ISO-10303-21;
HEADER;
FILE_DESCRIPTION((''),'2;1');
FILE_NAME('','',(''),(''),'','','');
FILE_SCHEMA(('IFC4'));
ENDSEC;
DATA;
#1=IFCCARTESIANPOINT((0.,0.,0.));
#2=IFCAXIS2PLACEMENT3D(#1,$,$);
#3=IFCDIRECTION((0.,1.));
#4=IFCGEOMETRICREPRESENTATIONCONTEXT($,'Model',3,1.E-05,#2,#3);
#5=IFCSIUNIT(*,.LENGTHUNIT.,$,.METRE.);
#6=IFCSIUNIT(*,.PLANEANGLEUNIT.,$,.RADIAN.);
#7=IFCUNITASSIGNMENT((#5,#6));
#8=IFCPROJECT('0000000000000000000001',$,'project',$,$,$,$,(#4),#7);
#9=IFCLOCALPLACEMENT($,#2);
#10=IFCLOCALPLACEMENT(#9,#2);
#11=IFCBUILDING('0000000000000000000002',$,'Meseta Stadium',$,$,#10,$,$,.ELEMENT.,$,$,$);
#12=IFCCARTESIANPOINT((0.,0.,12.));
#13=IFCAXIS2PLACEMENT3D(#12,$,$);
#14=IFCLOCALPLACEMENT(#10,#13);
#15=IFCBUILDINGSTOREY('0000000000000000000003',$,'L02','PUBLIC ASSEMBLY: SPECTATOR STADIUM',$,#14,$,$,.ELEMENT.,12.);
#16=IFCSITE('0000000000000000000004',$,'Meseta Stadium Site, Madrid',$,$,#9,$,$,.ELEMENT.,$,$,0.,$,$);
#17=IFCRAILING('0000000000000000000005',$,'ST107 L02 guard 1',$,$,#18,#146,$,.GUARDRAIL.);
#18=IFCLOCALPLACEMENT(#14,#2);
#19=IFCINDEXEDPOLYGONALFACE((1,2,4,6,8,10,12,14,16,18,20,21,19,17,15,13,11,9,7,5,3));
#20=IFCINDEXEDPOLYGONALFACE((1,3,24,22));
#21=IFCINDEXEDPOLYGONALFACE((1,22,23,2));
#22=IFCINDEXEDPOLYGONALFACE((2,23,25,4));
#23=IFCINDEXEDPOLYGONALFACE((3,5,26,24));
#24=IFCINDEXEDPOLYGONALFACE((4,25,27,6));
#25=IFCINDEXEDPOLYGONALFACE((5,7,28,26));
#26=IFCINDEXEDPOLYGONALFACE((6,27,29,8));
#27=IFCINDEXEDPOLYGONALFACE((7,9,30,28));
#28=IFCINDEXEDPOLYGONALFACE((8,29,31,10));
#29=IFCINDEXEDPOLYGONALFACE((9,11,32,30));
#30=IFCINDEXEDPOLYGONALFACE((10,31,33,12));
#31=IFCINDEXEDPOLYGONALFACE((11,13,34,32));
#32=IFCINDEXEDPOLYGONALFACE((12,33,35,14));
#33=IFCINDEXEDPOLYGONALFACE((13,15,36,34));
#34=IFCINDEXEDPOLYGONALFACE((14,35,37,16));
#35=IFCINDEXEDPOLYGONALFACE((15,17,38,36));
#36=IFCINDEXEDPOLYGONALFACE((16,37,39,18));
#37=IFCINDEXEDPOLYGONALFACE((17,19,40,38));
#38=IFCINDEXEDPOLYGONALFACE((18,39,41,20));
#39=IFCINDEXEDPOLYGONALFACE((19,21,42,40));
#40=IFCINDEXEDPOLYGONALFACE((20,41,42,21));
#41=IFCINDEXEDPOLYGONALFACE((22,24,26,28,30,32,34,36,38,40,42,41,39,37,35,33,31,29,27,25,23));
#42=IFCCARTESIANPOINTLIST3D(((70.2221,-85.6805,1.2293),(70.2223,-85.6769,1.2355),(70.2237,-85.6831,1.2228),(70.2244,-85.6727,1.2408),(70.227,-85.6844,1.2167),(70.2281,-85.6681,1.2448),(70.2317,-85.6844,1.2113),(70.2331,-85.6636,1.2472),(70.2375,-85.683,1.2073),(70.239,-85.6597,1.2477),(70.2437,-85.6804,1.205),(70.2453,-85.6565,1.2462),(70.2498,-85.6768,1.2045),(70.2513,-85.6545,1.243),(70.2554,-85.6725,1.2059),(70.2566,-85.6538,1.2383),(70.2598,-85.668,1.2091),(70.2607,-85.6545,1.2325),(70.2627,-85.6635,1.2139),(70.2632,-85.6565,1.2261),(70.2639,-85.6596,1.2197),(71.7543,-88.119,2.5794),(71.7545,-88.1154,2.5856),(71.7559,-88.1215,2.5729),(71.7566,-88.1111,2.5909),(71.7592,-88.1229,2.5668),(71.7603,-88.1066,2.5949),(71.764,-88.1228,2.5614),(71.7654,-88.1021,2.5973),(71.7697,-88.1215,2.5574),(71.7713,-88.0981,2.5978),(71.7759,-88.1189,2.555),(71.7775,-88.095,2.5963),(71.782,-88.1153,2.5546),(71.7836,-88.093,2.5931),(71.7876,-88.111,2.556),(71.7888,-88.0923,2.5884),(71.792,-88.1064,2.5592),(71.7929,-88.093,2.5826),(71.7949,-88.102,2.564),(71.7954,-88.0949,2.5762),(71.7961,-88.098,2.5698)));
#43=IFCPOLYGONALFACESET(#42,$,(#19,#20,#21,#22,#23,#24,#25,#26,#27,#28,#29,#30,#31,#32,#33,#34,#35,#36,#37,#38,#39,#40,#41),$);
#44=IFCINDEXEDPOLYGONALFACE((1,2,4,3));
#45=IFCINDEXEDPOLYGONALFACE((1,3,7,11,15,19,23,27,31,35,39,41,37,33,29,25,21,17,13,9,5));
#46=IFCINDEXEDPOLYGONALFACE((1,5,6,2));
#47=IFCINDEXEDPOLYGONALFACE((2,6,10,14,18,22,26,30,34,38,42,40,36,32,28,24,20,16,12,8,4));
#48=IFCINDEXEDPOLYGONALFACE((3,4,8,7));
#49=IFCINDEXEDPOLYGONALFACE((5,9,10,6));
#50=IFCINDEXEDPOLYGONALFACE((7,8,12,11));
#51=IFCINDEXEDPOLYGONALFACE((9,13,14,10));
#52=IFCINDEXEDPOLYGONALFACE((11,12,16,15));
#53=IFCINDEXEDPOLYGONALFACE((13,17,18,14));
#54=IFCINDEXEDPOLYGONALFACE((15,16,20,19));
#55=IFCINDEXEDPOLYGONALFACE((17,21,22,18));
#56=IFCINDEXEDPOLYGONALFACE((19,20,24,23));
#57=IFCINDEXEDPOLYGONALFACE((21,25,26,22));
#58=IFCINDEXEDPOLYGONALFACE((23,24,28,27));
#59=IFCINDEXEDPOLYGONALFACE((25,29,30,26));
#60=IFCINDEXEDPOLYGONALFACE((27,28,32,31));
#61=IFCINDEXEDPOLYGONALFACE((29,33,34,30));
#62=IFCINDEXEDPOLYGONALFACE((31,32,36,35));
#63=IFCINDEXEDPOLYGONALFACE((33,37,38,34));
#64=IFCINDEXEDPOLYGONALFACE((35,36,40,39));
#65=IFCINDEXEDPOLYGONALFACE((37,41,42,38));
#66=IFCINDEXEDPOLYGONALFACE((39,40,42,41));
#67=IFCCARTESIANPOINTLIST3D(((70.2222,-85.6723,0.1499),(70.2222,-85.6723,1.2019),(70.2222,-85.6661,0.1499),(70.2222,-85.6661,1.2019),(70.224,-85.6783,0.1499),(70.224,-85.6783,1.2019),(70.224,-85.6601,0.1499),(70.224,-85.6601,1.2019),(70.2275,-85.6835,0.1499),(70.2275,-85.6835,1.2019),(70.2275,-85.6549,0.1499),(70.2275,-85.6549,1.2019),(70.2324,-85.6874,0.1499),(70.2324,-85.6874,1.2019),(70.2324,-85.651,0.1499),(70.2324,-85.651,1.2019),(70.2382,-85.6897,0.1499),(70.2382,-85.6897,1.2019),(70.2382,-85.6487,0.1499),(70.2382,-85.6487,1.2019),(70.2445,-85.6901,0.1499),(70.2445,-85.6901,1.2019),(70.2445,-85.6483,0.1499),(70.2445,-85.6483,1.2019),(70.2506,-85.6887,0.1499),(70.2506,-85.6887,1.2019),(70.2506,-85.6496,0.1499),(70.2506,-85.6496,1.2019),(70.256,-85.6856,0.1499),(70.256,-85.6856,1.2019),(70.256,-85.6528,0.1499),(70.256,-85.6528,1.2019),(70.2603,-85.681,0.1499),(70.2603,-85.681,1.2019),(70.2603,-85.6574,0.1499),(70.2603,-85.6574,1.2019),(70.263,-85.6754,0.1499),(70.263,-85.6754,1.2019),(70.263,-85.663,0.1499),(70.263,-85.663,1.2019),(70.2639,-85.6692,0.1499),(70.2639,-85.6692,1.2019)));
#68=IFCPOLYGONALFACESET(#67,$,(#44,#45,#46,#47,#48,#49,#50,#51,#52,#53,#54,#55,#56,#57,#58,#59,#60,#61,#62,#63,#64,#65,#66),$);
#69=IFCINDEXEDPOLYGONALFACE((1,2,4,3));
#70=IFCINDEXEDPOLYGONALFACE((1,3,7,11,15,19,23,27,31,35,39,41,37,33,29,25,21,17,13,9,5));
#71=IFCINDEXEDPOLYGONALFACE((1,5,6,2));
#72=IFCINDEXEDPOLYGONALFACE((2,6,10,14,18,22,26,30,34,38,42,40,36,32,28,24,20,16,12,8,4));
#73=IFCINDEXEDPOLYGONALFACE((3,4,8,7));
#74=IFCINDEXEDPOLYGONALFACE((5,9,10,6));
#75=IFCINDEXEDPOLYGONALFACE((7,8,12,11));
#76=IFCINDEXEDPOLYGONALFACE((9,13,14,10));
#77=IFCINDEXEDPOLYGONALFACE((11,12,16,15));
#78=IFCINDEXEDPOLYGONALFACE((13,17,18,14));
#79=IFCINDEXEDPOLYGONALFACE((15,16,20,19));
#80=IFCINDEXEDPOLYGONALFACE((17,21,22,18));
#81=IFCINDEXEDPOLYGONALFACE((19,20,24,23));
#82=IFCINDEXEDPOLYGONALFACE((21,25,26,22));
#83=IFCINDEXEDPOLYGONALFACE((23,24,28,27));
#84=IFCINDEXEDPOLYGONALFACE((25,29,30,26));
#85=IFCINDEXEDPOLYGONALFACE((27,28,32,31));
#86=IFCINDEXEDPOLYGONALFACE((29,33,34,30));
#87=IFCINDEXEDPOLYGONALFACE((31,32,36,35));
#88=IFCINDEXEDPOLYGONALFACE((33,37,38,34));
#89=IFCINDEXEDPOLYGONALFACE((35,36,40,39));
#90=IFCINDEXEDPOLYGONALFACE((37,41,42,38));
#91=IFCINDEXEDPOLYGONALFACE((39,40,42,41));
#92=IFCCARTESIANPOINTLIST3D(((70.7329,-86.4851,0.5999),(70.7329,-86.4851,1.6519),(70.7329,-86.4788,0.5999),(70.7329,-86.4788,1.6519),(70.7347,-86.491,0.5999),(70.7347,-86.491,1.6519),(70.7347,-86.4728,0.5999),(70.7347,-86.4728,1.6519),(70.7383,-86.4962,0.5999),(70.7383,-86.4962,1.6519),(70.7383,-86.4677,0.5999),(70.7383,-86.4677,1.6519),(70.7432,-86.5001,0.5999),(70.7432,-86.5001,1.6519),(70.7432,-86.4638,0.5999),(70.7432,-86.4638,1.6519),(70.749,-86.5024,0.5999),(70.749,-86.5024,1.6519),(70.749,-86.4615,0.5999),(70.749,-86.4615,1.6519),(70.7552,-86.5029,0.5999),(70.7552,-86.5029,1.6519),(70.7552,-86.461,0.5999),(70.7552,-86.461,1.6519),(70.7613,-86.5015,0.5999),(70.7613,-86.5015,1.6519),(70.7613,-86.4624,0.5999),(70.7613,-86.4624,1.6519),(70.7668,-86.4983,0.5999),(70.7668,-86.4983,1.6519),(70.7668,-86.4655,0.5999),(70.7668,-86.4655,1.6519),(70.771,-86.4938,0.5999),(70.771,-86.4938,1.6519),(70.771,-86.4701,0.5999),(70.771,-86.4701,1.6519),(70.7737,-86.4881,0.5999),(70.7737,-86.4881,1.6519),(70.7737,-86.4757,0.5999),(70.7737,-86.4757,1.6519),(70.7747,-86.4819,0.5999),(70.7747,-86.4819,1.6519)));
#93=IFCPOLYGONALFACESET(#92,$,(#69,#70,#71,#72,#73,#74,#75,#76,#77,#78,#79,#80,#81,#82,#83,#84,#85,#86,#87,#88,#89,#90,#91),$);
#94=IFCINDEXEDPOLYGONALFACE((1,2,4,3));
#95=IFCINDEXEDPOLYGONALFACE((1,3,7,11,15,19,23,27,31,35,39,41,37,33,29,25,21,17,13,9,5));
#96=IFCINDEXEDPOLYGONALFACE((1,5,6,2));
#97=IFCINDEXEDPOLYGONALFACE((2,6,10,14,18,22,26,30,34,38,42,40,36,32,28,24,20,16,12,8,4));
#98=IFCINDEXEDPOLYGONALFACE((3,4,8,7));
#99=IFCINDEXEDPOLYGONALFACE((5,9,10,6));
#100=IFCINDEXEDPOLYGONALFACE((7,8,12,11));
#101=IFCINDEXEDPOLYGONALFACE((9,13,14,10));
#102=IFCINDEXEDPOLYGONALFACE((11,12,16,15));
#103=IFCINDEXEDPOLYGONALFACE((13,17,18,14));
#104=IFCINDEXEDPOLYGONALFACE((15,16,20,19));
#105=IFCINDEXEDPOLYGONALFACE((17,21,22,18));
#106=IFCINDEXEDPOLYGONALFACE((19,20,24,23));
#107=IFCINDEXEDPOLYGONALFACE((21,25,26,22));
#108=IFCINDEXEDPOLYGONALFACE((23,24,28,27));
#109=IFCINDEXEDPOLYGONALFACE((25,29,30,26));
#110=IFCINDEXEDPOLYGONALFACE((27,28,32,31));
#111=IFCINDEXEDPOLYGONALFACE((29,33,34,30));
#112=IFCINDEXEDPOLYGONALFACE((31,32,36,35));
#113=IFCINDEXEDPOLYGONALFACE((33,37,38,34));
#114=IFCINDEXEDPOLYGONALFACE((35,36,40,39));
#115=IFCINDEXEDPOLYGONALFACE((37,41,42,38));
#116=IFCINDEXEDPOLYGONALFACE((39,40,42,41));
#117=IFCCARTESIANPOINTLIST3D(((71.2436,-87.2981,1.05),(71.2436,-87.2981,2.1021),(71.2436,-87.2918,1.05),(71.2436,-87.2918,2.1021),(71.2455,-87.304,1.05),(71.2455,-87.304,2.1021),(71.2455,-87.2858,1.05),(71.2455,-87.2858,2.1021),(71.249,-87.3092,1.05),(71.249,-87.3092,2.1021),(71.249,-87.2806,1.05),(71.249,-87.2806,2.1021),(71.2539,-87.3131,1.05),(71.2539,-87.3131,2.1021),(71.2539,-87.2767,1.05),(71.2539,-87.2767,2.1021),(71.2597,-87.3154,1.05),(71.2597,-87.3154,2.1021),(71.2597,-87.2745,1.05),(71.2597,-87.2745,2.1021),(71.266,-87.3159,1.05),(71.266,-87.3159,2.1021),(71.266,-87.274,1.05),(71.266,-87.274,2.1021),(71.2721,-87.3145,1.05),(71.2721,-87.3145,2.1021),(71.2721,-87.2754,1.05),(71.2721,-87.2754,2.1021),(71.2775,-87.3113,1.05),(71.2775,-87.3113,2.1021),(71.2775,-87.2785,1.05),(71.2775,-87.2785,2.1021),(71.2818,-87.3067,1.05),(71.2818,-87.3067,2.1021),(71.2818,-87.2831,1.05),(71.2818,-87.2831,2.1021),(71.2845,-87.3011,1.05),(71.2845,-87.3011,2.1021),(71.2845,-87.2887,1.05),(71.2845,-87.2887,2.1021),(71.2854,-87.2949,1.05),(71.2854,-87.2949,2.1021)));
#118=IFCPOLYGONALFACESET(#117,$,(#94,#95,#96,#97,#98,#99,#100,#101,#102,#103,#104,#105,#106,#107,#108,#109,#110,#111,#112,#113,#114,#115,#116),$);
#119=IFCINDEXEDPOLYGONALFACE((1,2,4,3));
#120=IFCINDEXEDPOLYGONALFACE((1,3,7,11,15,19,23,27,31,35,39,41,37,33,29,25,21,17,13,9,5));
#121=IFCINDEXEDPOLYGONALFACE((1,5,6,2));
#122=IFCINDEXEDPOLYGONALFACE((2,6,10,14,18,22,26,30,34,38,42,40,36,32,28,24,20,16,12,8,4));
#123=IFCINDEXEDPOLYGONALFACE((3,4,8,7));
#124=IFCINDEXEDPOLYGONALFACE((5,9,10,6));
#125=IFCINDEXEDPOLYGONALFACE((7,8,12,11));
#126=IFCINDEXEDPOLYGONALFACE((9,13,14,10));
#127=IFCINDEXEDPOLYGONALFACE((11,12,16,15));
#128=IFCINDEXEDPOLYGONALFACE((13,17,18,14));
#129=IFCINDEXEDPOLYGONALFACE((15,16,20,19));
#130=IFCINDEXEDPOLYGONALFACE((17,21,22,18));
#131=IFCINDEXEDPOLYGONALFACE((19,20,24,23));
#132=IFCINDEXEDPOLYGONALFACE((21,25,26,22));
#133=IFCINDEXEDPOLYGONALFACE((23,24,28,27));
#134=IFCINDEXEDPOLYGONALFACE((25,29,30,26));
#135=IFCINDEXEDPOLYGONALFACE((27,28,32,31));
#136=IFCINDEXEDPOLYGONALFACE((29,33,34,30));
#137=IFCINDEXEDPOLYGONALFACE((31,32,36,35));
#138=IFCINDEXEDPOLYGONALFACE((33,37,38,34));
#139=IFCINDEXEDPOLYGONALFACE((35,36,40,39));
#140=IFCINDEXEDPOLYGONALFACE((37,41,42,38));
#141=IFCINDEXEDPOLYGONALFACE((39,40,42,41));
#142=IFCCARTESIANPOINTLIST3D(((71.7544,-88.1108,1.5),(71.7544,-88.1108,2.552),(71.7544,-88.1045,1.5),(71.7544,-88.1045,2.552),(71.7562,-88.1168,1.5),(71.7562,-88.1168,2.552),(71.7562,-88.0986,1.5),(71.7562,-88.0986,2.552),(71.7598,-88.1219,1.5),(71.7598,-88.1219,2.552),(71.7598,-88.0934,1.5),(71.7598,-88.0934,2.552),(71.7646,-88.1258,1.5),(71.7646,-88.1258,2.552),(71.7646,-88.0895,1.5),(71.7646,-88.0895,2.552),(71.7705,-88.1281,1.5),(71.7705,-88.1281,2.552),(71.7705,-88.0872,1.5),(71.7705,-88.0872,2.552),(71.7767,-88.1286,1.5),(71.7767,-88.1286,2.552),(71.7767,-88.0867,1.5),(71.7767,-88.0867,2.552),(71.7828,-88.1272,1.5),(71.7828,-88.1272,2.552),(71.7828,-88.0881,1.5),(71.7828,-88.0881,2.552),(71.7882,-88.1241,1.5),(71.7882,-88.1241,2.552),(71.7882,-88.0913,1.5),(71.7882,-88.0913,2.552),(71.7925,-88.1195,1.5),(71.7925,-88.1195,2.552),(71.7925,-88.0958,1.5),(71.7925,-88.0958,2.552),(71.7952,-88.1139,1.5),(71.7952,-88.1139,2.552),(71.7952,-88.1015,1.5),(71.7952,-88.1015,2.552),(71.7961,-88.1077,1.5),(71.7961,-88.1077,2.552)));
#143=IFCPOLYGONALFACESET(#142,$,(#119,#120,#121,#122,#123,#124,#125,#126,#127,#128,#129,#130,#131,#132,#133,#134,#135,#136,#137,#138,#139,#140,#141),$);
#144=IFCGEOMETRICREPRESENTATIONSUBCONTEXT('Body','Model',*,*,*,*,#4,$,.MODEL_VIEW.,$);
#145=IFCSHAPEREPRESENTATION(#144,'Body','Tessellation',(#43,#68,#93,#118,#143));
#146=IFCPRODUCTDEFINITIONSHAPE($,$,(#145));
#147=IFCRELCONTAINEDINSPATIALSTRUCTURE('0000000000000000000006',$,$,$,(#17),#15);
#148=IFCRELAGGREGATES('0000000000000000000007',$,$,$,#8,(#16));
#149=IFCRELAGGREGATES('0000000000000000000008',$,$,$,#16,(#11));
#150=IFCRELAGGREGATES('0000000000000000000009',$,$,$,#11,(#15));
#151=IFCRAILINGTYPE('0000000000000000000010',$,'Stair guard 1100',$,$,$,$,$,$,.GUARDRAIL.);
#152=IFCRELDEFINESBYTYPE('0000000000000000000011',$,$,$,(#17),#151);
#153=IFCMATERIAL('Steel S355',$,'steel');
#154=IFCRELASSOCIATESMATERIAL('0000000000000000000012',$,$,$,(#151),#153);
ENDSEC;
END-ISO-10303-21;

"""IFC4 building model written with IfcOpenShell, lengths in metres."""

from ifc_helpers import new_model, si_unit, direction, frame, origin, origin_2d, place, context, subcontext, project, spatial, circle, extrude, material, type_object, element, save


model = new_model("IFC4")

# Units and contexts
model_context = context("Model", 3, precision=1e-05, world=origin(), true_north=direction((0.0, 1.0)))
body_context = subcontext(model_context, "Body", "Model", "MODEL_VIEW")
ifc_project = project(units=[si_unit("LENGTHUNIT", "METRE"), si_unit("PLANEANGLEUNIT", "RADIAN")], contexts=[model_context])

# Site, building, storey
site_placement = place(None, origin())
site = spatial("IfcSite", under=ifc_project, at=site_placement, Name="Meseta Stadium Site, Madrid", CompositionType="ELEMENT", RefElevation=0.0)
building_placement = place(site_placement, origin())
building = spatial("IfcBuilding", under=site, at=building_placement, Name="Meseta Stadium", CompositionType="ELEMENT")
storey_placement = place(building_placement, frame((0.0, 0.0, 12.0)))
storey = spatial("IfcBuildingStorey", under=building, at=storey_placement, Name="L02", Description="PUBLIC ASSEMBLY: SPECTATOR STADIUM", CompositionType="ELEMENT", Elevation=12.0)

# Railing
ifc_material_1 = material(Name="Steel S355", Category="steel")
railing_type_1 = type_object("IfcRailingType", Name="Stair guard 1100", PredefinedType="GUARDRAIL", material=ifc_material_1)
railing_1_placement = place(storey_placement, frame((70.2429, -85.6692, 0.1499)))
element("IfcRailing", 1, at=railing_1_placement, inside=storey, type_object=railing_type_1, Name="ST107 L02 guard 1", PredefinedType="GUARDRAIL", context=body_context, shape_type="SweptSolid", body=[
    extrude(circle(Radius=0.0239, at=origin_2d()), frame((0.0, 0.0, 1.0762), z_axis=(0.481731, -0.766655, 0.42447), x_axis=(0.846719, 0.53204, 0.0)), (0.0, 0.0, 1.0), 3.1807),
    extrude(circle(Radius=0.021, at=origin_2d()), origin(), (0.0, 0.0, 1.0), 1.052),
    extrude(circle(Radius=0.021, at=origin_2d()), frame((0.5107, -0.8127, 0.45)), (0.0, 0.0, 1.0), 1.052),
    extrude(circle(Radius=0.021, at=origin_2d()), frame((1.0215, -1.6257, 0.9001)), (0.0, 0.0, 1.0), 1.052),
    extrude(circle(Radius=0.021, at=origin_2d()), frame((1.5322, -2.4385, 1.3501)), (0.0, 0.0, 1.0), 1.052),
])

save(model, "model.ifc")
